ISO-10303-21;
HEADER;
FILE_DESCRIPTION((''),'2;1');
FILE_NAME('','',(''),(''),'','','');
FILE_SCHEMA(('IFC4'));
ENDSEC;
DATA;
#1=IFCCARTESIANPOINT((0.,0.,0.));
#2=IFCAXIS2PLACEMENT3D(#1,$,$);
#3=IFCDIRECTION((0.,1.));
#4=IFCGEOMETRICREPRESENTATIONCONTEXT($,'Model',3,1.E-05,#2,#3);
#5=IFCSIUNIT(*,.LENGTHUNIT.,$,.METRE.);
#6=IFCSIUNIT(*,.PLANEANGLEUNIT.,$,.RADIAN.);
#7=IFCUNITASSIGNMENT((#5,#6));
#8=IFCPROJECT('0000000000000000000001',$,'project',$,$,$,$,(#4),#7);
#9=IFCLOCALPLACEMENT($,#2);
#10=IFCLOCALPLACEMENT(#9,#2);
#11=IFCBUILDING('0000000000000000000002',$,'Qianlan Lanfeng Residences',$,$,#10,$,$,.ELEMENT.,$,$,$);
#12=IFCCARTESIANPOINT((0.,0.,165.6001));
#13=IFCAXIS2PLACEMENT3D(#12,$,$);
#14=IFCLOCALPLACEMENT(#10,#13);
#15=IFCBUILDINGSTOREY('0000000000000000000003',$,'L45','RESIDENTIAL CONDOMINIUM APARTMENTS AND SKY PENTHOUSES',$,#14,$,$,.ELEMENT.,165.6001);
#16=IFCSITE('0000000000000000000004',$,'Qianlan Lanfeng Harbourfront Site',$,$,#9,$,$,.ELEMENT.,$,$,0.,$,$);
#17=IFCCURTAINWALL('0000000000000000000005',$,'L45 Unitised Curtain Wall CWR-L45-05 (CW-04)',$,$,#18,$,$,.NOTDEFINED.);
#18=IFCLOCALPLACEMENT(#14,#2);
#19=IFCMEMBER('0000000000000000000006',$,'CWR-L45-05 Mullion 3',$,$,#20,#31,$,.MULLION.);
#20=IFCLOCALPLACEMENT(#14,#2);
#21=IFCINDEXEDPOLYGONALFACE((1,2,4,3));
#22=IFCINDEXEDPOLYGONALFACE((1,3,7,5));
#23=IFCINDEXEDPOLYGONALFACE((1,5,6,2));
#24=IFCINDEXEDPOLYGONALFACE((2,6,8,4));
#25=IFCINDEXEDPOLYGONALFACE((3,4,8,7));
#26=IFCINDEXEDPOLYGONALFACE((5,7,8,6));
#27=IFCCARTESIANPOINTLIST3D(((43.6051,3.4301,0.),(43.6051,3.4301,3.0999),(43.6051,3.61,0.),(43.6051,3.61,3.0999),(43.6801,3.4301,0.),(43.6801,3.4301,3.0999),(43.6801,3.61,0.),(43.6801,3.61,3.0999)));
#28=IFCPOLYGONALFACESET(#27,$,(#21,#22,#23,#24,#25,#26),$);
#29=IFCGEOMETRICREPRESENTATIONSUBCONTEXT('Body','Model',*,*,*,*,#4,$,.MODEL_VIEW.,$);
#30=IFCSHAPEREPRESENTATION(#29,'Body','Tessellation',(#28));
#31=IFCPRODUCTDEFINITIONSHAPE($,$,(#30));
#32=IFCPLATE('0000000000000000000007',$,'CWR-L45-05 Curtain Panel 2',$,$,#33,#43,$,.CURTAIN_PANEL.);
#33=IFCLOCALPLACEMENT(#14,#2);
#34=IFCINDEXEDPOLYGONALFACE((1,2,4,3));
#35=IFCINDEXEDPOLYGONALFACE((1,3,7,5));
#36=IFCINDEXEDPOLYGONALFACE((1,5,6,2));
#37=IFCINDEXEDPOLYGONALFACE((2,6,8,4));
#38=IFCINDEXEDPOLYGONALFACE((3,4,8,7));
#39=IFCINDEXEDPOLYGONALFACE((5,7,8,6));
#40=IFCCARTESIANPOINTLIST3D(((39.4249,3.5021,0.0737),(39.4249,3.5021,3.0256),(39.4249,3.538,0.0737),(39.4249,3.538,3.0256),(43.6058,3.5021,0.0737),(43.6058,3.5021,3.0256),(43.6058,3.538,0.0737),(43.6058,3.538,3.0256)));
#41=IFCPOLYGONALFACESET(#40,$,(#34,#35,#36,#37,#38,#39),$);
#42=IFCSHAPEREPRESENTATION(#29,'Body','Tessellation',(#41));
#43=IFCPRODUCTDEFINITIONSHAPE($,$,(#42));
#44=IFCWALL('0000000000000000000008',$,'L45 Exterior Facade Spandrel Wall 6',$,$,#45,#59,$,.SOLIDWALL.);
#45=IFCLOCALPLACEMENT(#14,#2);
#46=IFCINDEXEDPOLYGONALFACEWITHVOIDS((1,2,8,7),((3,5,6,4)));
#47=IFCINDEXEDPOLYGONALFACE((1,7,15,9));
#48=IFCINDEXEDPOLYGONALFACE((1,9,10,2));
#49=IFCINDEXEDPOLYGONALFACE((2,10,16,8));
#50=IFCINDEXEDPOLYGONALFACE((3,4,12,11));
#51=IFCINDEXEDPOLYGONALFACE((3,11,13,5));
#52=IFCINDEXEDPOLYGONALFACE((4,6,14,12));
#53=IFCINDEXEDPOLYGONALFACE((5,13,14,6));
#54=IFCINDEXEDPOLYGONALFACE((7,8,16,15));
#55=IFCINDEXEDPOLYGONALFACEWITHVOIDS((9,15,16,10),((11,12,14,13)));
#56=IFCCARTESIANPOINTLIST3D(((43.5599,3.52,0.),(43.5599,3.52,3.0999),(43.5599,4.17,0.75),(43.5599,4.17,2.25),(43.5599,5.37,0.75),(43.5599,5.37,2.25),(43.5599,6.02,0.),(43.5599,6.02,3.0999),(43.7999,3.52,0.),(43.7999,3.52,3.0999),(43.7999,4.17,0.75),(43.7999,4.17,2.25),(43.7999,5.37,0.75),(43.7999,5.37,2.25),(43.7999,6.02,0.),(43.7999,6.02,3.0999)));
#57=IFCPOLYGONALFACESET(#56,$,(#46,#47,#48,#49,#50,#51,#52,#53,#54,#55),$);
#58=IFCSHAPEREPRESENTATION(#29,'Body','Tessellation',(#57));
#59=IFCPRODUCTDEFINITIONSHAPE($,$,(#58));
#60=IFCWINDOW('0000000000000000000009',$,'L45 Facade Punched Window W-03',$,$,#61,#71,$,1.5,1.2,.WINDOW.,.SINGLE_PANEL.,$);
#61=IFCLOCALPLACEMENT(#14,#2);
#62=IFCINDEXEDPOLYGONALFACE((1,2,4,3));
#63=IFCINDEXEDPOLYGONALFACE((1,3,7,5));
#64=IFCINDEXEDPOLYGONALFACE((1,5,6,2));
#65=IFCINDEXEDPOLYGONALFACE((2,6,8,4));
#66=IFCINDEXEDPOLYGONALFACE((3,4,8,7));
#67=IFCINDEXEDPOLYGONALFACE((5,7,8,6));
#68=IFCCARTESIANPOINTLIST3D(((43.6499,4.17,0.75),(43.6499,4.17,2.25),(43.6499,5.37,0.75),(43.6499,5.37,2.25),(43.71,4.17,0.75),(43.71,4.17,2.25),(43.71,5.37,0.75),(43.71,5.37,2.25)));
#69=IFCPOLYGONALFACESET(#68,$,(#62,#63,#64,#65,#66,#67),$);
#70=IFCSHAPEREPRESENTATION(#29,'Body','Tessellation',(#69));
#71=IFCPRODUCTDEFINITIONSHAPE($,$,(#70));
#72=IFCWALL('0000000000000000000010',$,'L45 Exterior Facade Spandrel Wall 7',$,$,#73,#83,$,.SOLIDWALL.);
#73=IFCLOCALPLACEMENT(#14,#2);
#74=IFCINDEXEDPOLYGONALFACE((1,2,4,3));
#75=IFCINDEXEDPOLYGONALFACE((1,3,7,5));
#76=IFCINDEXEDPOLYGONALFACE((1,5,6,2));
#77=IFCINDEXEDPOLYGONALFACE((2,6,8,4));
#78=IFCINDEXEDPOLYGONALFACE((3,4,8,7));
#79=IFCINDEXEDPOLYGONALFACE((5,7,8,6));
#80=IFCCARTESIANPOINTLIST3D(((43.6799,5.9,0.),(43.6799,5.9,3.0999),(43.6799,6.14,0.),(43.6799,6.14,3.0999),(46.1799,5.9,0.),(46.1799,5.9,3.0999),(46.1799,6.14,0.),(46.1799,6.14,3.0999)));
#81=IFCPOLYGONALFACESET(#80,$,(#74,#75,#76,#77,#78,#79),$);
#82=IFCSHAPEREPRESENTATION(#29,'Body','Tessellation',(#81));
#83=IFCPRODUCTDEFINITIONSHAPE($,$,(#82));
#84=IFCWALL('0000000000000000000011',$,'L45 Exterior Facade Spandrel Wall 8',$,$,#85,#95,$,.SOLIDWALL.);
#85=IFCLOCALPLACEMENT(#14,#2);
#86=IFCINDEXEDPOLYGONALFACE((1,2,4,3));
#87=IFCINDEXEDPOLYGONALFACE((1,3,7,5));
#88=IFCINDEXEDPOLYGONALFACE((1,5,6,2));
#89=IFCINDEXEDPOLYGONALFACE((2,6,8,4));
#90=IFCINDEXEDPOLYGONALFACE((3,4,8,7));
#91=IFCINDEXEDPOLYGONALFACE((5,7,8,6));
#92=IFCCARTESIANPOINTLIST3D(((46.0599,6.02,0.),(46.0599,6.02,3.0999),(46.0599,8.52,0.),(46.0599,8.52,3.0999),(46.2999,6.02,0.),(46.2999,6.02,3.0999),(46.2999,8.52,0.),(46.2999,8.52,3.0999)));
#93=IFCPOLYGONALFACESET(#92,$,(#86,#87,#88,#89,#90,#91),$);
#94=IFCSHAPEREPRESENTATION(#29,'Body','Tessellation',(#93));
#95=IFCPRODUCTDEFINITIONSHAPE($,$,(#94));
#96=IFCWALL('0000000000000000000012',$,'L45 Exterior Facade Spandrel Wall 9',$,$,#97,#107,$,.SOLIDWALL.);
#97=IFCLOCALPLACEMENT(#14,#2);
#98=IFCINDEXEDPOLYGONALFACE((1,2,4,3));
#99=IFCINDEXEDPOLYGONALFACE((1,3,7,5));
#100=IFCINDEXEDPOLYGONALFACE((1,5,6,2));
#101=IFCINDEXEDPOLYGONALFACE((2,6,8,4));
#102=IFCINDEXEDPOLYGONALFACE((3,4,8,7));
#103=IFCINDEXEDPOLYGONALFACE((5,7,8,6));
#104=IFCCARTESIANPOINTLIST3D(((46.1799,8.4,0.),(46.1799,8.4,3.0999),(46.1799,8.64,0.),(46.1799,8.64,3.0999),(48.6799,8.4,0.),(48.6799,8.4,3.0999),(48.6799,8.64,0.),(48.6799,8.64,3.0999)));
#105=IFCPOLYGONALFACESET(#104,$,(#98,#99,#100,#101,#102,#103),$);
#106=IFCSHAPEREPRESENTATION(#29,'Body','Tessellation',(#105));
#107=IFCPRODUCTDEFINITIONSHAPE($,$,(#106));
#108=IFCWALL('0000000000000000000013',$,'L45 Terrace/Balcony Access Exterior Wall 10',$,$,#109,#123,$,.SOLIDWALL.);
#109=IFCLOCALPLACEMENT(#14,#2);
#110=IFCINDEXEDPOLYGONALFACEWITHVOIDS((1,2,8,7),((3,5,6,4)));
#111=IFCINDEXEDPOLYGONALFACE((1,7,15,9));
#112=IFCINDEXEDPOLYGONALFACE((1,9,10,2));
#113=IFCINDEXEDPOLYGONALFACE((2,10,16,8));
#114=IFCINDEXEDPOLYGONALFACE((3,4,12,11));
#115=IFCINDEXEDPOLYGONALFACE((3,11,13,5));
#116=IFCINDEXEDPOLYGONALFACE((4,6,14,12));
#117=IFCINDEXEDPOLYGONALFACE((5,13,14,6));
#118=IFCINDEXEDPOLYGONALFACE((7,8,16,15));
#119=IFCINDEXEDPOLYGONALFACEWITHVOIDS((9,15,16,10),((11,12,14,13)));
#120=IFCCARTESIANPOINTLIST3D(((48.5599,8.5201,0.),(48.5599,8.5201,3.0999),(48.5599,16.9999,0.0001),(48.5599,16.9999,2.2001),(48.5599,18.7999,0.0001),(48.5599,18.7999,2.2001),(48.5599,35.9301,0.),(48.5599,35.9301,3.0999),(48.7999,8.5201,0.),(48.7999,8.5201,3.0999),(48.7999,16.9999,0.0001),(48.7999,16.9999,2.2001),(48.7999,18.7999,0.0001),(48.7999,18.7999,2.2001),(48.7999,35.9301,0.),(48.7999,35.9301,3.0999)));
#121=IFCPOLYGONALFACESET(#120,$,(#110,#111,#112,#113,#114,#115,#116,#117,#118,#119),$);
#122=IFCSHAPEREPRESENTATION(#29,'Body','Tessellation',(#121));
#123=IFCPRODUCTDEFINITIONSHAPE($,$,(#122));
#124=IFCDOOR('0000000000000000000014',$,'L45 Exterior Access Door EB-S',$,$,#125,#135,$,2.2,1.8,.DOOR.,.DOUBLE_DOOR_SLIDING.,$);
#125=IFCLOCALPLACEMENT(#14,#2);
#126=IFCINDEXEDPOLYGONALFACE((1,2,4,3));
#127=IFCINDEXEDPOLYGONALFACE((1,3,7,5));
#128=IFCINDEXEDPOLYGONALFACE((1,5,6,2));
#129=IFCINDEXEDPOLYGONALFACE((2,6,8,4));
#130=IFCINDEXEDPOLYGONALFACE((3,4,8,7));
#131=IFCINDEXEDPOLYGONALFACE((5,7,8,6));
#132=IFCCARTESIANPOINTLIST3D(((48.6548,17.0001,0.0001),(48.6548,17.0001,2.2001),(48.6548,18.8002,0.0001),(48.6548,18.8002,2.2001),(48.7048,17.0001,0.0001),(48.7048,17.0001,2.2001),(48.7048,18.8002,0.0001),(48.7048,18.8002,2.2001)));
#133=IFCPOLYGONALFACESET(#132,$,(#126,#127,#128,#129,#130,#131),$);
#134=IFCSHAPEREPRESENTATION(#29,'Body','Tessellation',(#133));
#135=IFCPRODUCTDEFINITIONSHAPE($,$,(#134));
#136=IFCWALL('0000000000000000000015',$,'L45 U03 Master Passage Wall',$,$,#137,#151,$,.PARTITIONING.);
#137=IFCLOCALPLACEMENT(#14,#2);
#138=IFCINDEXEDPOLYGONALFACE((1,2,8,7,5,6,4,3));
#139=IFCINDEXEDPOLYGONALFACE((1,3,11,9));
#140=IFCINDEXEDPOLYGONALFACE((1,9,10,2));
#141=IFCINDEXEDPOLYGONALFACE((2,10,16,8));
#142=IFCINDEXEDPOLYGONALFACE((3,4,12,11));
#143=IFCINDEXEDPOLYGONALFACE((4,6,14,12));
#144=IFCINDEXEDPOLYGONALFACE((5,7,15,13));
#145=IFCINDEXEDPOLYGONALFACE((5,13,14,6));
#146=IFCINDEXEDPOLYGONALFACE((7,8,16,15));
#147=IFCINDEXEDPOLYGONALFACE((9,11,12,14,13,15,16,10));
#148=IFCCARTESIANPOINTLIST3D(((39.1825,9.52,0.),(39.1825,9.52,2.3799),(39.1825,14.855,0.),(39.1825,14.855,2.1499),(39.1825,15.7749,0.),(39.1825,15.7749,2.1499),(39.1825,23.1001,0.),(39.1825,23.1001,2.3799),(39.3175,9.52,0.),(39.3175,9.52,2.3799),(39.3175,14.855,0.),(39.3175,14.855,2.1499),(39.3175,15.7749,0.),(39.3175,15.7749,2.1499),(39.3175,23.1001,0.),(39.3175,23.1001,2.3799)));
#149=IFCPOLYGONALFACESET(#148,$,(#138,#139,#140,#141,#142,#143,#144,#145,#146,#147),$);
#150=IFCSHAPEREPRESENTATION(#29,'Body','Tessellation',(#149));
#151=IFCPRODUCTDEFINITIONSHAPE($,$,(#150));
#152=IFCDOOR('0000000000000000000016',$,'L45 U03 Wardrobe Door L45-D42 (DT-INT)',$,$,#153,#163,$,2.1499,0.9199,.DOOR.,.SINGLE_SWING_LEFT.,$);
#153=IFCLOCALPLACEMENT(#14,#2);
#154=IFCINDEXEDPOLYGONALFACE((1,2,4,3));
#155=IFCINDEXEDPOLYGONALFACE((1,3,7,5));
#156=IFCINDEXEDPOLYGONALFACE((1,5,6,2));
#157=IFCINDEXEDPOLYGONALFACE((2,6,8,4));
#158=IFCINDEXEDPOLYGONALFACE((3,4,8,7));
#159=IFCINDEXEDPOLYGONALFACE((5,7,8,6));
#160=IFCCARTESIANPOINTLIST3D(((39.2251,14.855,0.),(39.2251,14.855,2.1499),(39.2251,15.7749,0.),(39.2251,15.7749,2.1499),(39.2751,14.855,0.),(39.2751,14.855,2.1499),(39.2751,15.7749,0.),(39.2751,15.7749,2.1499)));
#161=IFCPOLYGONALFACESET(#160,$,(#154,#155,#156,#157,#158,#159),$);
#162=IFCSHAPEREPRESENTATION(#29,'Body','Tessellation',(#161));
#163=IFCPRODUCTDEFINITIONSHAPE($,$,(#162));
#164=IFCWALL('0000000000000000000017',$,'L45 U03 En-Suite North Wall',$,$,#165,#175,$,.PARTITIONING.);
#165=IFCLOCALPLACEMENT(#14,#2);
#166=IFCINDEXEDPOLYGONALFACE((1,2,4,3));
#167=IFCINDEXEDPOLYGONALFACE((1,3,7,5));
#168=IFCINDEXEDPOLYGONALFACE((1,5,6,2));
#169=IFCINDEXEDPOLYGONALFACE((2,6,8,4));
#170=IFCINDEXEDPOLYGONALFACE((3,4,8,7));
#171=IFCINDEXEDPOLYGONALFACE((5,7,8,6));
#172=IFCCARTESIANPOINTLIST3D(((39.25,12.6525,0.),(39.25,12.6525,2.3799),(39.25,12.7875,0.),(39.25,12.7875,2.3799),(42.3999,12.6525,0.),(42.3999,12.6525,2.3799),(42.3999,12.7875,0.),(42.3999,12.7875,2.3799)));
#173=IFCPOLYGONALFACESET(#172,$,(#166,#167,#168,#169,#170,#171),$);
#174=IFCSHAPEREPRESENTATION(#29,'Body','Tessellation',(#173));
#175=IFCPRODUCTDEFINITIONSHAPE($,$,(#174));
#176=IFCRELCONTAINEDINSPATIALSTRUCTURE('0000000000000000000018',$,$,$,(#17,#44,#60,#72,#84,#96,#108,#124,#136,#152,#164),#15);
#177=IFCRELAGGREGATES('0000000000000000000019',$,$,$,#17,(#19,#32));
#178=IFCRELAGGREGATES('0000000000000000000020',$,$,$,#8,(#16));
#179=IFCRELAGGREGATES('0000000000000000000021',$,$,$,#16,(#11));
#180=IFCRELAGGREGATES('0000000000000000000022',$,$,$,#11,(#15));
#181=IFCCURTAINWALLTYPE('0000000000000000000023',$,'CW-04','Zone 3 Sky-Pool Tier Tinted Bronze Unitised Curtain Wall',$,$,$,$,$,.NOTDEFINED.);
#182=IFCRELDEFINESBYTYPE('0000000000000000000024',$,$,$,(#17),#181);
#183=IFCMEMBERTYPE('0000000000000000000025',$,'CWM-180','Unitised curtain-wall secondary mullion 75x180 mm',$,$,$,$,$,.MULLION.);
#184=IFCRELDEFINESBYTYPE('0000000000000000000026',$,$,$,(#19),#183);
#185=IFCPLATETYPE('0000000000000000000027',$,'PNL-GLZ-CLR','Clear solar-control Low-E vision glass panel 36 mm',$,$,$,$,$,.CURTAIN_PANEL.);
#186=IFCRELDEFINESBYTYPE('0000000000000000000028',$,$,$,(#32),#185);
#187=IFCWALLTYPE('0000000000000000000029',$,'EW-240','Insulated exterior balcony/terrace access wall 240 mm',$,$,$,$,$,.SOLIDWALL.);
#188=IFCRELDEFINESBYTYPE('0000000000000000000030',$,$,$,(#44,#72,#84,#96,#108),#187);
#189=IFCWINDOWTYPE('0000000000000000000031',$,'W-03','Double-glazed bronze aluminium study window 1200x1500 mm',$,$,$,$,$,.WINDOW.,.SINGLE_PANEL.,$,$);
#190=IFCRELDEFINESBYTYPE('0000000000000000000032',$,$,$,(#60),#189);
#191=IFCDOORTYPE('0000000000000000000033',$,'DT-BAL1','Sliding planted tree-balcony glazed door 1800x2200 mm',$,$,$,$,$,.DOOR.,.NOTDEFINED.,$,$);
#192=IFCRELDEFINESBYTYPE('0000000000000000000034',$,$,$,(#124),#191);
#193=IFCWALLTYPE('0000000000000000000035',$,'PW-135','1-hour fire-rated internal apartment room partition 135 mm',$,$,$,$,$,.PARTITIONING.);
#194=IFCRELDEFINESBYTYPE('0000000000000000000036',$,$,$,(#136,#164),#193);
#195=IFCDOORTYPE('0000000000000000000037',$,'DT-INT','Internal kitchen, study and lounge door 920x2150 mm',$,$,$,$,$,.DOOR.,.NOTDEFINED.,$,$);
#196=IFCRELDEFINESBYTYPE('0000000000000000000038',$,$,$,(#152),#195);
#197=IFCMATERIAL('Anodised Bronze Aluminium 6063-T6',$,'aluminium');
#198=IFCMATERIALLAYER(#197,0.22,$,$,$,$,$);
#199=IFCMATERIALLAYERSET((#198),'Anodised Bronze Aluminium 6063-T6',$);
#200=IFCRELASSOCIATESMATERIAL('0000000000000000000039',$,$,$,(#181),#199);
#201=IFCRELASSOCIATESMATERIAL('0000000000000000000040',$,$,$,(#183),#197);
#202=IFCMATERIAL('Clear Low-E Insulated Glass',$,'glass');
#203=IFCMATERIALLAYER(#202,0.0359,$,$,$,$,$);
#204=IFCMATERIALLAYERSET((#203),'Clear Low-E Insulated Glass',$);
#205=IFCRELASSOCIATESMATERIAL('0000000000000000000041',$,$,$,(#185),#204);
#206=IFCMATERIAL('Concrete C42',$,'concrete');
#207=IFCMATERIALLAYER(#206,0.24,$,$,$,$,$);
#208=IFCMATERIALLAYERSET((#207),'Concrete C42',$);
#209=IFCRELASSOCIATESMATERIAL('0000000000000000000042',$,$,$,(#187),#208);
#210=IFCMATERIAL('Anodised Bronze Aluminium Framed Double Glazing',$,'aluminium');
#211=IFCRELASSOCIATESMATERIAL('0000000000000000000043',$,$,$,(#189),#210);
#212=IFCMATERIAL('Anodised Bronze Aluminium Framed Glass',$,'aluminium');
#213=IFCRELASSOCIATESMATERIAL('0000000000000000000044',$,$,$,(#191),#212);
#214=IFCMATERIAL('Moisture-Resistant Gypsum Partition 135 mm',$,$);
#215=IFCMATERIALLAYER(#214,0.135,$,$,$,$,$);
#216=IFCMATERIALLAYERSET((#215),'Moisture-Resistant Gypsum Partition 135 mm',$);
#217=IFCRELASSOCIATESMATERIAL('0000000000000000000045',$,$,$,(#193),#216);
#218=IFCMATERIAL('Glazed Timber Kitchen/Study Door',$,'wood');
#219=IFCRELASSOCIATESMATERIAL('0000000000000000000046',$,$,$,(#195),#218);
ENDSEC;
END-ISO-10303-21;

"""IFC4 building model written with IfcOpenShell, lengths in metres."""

from ifc_helpers import new_model, si_unit, direction, frame, frame_2d, origin, origin_2d, place, context, subcontext, project, spatial, rectangle, extrude, source, transform, mapped, material, layer, layer_set, material_profile, profile_set, type_object, element, fill, aggregate, save


model = new_model("IFC4")

# Units and contexts
model_context = context("Model", 3, precision=1e-05, world=origin(), true_north=direction((0.0, 1.0)))
body_context = subcontext(model_context, "Body", "Model", "MODEL_VIEW")
ifc_project = project(units=[si_unit("LENGTHUNIT", "METRE"), si_unit("PLANEANGLEUNIT", "RADIAN")], contexts=[model_context])

# Site, building, storey
site_placement = place(None, origin())
site = spatial("IfcSite", under=ifc_project, at=site_placement, Name="Qianlan Lanfeng Harbourfront Site", CompositionType="ELEMENT", RefElevation=0.0)
building_placement = place(site_placement, origin())
building = spatial("IfcBuilding", under=site, at=building_placement, Name="Qianlan Lanfeng Residences", CompositionType="ELEMENT")
storey_placement = place(building_placement, frame((0.0, 0.0, 165.6001)))
storey = spatial("IfcBuildingStorey", under=building, at=storey_placement, Name="L45", Description="RESIDENTIAL CONDOMINIUM APARTMENTS AND SKY PENTHOUSES", CompositionType="ELEMENT", Elevation=165.6001)

# Curtain wall, member, plate
ifc_material_1 = material(Name="Anodised Bronze Aluminium 6063-T6", Category="aluminium")
ifc_layer_1 = layer(ifc_material_1, 0.22)
ifc_layer_set_1 = layer_set([ifc_layer_1], Name="Anodised Bronze Aluminium 6063-T6")
curtain_wall_type = type_object("IfcCurtainWallType", Name="CW-04", Description="Zone 3 Sky-Pool Tier Tinted Bronze Unitised Curtain Wall", PredefinedType="NOTDEFINED", material=ifc_layer_set_1)
curtain_wall_placement = place(storey_placement, origin())
curtain_wall = element("IfcCurtainWall", 1, at=curtain_wall_placement, inside=storey, type_object=curtain_wall_type, Name="L45 Unitised Curtain Wall CWR-L45-05 (CW-04)", PredefinedType="NOTDEFINED")
ifc_material_profile_1 = material_profile(ifc_material_1, rectangle(XDim=0.075, YDim=0.1799, at=origin_2d()), Name="ALU MULLION 75x180")
ifc_profile_set_1 = profile_set([ifc_material_profile_1], Name="Anodised Bronze Aluminium 6063-T6")
member_type_1 = type_object("IfcMemberType", Name="CWM-180", Description="Unitised curtain-wall secondary mullion 75x180 mm", PredefinedType="MULLION", material=ifc_profile_set_1)
shared_shape_1 = source(origin(), body_context, "Body", "SweptSolid", [
    extrude(rectangle(XDim=0.075, YDim=0.1799, at=origin_2d()), origin(), (0.0, 0.0, 1.0), 3.0999),
])
member_1_placement = place(storey_placement, frame((43.6426, 3.52, 0.0), z_axis=(0.0, 0.0, 1.0), x_axis=(1.0, 0.0, 0.0)))
member_1 = element("IfcMember", 2, at=member_1_placement, type_object=member_type_1, Name="CWR-L45-05 Mullion 3", PredefinedType="MULLION", context=body_context, shape_type="MappedRepresentation", body=[
    mapped(shared_shape_1, transform((0.0, 0.0, 0.0), scale=1.0)),
])
ifc_material_2 = material(Name="Clear Low-E Insulated Glass", Category="glass")
ifc_layer_2 = layer(ifc_material_2, 0.0359)
ifc_layer_set_2 = layer_set([ifc_layer_2], Name="Clear Low-E Insulated Glass")
plate_type = type_object("IfcPlateType", Name="PNL-GLZ-CLR", Description="Clear solar-control Low-E vision glass panel 36 mm", PredefinedType="CURTAIN_PANEL", material=ifc_layer_set_2)
shared_shape_2 = source(origin(), body_context, "Body", "SweptSolid", [
    extrude(rectangle(XDim=4.1809, YDim=0.0359, at=origin_2d()), origin(), (0.0, 0.0, 1.0), 2.9519),
])
plate_placement = place(storey_placement, frame((41.5154, 3.52, 0.0737), z_axis=(0.0, 0.0, 1.0), x_axis=(1.0, 0.0, 0.0)))
plate = element("IfcPlate", 3, at=plate_placement, type_object=plate_type, Name="CWR-L45-05 Curtain Panel 2", PredefinedType="CURTAIN_PANEL", context=body_context, shape_type="MappedRepresentation", body=[
    mapped(shared_shape_2, transform((0.0, 0.0, 0.0), scale=1.0)),
])
aggregate(curtain_wall, [member_1, plate])

# Wall, opening, window
ifc_material_3 = material(Name="Concrete C42", Category="concrete")
ifc_layer_3 = layer(ifc_material_3, 0.24)
ifc_layer_set_3 = layer_set([ifc_layer_3], Name="Concrete C42")
wall_type_1 = type_object("IfcWallType", Name="EW-240", Description="Insulated exterior balcony/terrace access wall 240 mm", PredefinedType="SOLIDWALL", material=ifc_layer_set_3)
wall_1_placement = place(storey_placement, frame((43.6799, 3.52, 0.0), z_axis=(0.0, 0.0, 1.0), x_axis=(0.0, 1.0, 0.0)))
wall_1 = element("IfcWall", 4, at=wall_1_placement, inside=storey, type_object=wall_type_1, Name="L45 Exterior Facade Spandrel Wall 6", PredefinedType="SOLIDWALL", context=body_context, shape_type="SweptSolid", body=[
    extrude(rectangle(XDim=2.5, YDim=0.24, at=frame_2d((1.25, 0.0))), origin(), (0.0, 0.0, 1.0), 3.0999),
])
opening_1_placement = place(wall_1_placement, frame((0.6499, 0.0, 0.75)))
opening_1 = element("IfcOpeningElement", 5, at=opening_1_placement, cuts=wall_1, PredefinedType="OPENING", context=body_context, shape_type="SweptSolid", body=[
    extrude(rectangle(XDim=1.2, YDim=1.5, at=frame_2d((0.6001, 0.75))), frame((0.0, 0.1299, 0.0), z_axis=(0.0, -1.0, 0.0), x_axis=(1.0, 0.0, 0.0)), (0.0, 0.0, 1.0), 0.26),
])
ifc_material_4 = material(Name="Anodised Bronze Aluminium Framed Double Glazing", Category="aluminium")
window_type = type_object("IfcWindowType", Name="W-03", Description="Double-glazed bronze aluminium study window 1200x1500 mm", PartitioningType="SINGLE_PANEL", PredefinedType="WINDOW", material=ifc_material_4)
window_placement = place(opening_1_placement, origin())
window = element("IfcWindow", 6, at=window_placement, inside=storey, type_object=window_type, Name="L45 Facade Punched Window W-03", OverallHeight=1.5, OverallWidth=1.2, PartitioningType="SINGLE_PANEL", PredefinedType="WINDOW", context=body_context, shape_type="SweptSolid", body=[
    extrude(rectangle(XDim=1.2, YDim=1.5, at=frame_2d((0.6001, 0.75))), frame((0.0, 0.03, 0.0), z_axis=(0.0, -1.0, 0.0), x_axis=(1.0, 0.0, 0.0)), (0.0, 0.0, 1.0), 0.0601),
])
fill(opening_1, window)

# Walls
for number, where, z_axis, x_axis, name in (
    (7, (43.6799, 6.02, 0.0), (0.0, 0.0, 1.0), (1.0, 0.0, 0.0), "L45 Exterior Facade Spandrel Wall 7"),
    (8, (46.1799, 6.02, 0.0), (0.0, 0.0, 1.0), (0.0, 1.0, 0.0), "L45 Exterior Facade Spandrel Wall 8"),
    (9, (46.1799, 8.52, 0.0), (0.0, 0.0, 1.0), (1.0, 0.0, 0.0), "L45 Exterior Facade Spandrel Wall 9"),
):
    element("IfcWall", number, at=place(storey_placement, frame(where, z_axis=z_axis, x_axis=x_axis)), inside=storey, type_object=wall_type_1, Name=name, PredefinedType="SOLIDWALL", context=body_context, shape_type="SweptSolid", body=[
        extrude(rectangle(XDim=2.5, YDim=0.24, at=frame_2d((1.25, 0.0))), origin(), (0.0, 0.0, 1.0), 3.0999),
    ])

# Walls, openings, doors
wall_2_placement = place(storey_placement, frame((48.6799, 8.52, 0.0), z_axis=(0.0, 0.0, 1.0), x_axis=(0.0, 1.0, 0.0)))
wall_2 = element("IfcWall", 10, at=wall_2_placement, inside=storey, type_object=wall_type_1, Name="L45 Terrace/Balcony Access Exterior Wall 10", PredefinedType="SOLIDWALL", context=body_context, shape_type="SweptSolid", body=[
    extrude(rectangle(XDim=27.4099, YDim=0.24, at=frame_2d((13.7051, 0.0))), origin(), (0.0, 0.0, 1.0), 3.0999),
])
opening_2_placement = place(wall_2_placement, frame((8.48, 0.0, 0.0)))
opening_2 = element("IfcOpeningElement", 11, at=opening_2_placement, cuts=wall_2, PredefinedType="OPENING", context=body_context, shape_type="SweptSolid", body=[
    extrude(rectangle(XDim=1.8, YDim=2.2, at=frame_2d((0.8999, 1.1001))), frame((0.0, 0.1299, 0.0), z_axis=(0.0, -1.0, 0.0), x_axis=(1.0, 0.0, 0.0)), (0.0, 0.0, 1.0), 0.26),
])
ifc_material_5 = material(Name="Anodised Bronze Aluminium Framed Glass", Category="aluminium")
door_type_1 = type_object("IfcDoorType", Name="DT-BAL1", Description="Sliding planted tree-balcony glazed door 1800x2200 mm", OperationType="NOTDEFINED", PredefinedType="DOOR", material=ifc_material_5)
door_1_placement = place(opening_2_placement, frame((1.8, 0.0, 0.0), z_axis=(0.0, 0.0, 1.0), x_axis=(-1.0, 0.0, 0.0)))
door_1 = element("IfcDoor", 12, at=door_1_placement, inside=storey, type_object=door_type_1, Name="L45 Exterior Access Door EB-S", OperationType="DOUBLE_DOOR_SLIDING", OverallHeight=2.2, OverallWidth=1.8, PredefinedType="DOOR", context=body_context, shape_type="SweptSolid", body=[
    extrude(rectangle(XDim=1.8, YDim=2.2, at=frame_2d((0.8999, 1.1001))), frame((0.0, 0.0249, 0.0), z_axis=(0.0, -1.0, 0.0), x_axis=(1.0, 0.0, 0.0)), (0.0, 0.0, 1.0), 0.05),
])
fill(opening_2, door_1)
ifc_material_6 = material(Name="Moisture-Resistant Gypsum Partition 135 mm")
ifc_layer_4 = layer(ifc_material_6, 0.135)
ifc_layer_set_4 = layer_set([ifc_layer_4], Name="Moisture-Resistant Gypsum Partition 135 mm")
wall_type_2 = type_object("IfcWallType", Name="PW-135", Description="1-hour fire-rated internal apartment room partition 135 mm", PredefinedType="PARTITIONING", material=ifc_layer_set_4)
wall_3_placement = place(storey_placement, frame((39.25, 9.52, 0.0), z_axis=(0.0, 0.0, 1.0), x_axis=(0.0, 1.0, 0.0)))
wall_3 = element("IfcWall", 13, at=wall_3_placement, inside=storey, type_object=wall_type_2, Name="L45 U03 Master Passage Wall", PredefinedType="PARTITIONING", context=body_context, shape_type="SweptSolid", body=[
    extrude(rectangle(XDim=13.5801, YDim=0.135, at=frame_2d((6.79, 0.0))), origin(), (0.0, 0.0, 1.0), 2.3799),
])
opening_3_placement = place(wall_3_placement, frame((5.335, 0.0, 0.0)))
opening_3 = element("IfcOpeningElement", 14, at=opening_3_placement, cuts=wall_3, PredefinedType="OPENING", context=body_context, shape_type="SweptSolid", body=[
    extrude(rectangle(XDim=0.9199, YDim=2.1499, at=frame_2d((0.46, 1.075))), frame((0.0, 0.0776, 0.0), z_axis=(0.0, -1.0, 0.0), x_axis=(1.0, 0.0, 0.0)), (0.0, 0.0, 1.0), 0.155),
])
ifc_material_7 = material(Name="Glazed Timber Kitchen/Study Door", Category="wood")
door_type_2 = type_object("IfcDoorType", Name="DT-INT", Description="Internal kitchen, study and lounge door 920x2150 mm", OperationType="NOTDEFINED", PredefinedType="DOOR", material=ifc_material_7)
door_2_placement = place(opening_3_placement, origin())
door_2 = element("IfcDoor", 15, at=door_2_placement, inside=storey, type_object=door_type_2, Name="L45 U03 Wardrobe Door L45-D42 (DT-INT)", OperationType="SINGLE_SWING_LEFT", OverallHeight=2.1499, OverallWidth=0.9199, PredefinedType="DOOR", context=body_context, shape_type="SweptSolid", body=[
    extrude(rectangle(XDim=0.9199, YDim=2.1499, at=frame_2d((0.46, 1.075))), frame((0.0, 0.0249, 0.0), z_axis=(0.0, -1.0, 0.0), x_axis=(1.0, 0.0, 0.0)), (0.0, 0.0, 1.0), 0.05),
])
fill(opening_3, door_2)

# Wall
wall_4_placement = place(storey_placement, frame((39.25, 12.72, 0.0), z_axis=(0.0, 0.0, 1.0), x_axis=(1.0, 0.0, 0.0)))
element("IfcWall", 16, at=wall_4_placement, inside=storey, type_object=wall_type_2, Name="L45 U03 En-Suite North Wall", PredefinedType="PARTITIONING", context=body_context, shape_type="SweptSolid", body=[
    extrude(rectangle(XDim=3.1499, YDim=0.135, at=frame_2d((1.575, 0.0))), origin(), (0.0, 0.0, 1.0), 2.3799),
])

save(model, "model.ifc")
